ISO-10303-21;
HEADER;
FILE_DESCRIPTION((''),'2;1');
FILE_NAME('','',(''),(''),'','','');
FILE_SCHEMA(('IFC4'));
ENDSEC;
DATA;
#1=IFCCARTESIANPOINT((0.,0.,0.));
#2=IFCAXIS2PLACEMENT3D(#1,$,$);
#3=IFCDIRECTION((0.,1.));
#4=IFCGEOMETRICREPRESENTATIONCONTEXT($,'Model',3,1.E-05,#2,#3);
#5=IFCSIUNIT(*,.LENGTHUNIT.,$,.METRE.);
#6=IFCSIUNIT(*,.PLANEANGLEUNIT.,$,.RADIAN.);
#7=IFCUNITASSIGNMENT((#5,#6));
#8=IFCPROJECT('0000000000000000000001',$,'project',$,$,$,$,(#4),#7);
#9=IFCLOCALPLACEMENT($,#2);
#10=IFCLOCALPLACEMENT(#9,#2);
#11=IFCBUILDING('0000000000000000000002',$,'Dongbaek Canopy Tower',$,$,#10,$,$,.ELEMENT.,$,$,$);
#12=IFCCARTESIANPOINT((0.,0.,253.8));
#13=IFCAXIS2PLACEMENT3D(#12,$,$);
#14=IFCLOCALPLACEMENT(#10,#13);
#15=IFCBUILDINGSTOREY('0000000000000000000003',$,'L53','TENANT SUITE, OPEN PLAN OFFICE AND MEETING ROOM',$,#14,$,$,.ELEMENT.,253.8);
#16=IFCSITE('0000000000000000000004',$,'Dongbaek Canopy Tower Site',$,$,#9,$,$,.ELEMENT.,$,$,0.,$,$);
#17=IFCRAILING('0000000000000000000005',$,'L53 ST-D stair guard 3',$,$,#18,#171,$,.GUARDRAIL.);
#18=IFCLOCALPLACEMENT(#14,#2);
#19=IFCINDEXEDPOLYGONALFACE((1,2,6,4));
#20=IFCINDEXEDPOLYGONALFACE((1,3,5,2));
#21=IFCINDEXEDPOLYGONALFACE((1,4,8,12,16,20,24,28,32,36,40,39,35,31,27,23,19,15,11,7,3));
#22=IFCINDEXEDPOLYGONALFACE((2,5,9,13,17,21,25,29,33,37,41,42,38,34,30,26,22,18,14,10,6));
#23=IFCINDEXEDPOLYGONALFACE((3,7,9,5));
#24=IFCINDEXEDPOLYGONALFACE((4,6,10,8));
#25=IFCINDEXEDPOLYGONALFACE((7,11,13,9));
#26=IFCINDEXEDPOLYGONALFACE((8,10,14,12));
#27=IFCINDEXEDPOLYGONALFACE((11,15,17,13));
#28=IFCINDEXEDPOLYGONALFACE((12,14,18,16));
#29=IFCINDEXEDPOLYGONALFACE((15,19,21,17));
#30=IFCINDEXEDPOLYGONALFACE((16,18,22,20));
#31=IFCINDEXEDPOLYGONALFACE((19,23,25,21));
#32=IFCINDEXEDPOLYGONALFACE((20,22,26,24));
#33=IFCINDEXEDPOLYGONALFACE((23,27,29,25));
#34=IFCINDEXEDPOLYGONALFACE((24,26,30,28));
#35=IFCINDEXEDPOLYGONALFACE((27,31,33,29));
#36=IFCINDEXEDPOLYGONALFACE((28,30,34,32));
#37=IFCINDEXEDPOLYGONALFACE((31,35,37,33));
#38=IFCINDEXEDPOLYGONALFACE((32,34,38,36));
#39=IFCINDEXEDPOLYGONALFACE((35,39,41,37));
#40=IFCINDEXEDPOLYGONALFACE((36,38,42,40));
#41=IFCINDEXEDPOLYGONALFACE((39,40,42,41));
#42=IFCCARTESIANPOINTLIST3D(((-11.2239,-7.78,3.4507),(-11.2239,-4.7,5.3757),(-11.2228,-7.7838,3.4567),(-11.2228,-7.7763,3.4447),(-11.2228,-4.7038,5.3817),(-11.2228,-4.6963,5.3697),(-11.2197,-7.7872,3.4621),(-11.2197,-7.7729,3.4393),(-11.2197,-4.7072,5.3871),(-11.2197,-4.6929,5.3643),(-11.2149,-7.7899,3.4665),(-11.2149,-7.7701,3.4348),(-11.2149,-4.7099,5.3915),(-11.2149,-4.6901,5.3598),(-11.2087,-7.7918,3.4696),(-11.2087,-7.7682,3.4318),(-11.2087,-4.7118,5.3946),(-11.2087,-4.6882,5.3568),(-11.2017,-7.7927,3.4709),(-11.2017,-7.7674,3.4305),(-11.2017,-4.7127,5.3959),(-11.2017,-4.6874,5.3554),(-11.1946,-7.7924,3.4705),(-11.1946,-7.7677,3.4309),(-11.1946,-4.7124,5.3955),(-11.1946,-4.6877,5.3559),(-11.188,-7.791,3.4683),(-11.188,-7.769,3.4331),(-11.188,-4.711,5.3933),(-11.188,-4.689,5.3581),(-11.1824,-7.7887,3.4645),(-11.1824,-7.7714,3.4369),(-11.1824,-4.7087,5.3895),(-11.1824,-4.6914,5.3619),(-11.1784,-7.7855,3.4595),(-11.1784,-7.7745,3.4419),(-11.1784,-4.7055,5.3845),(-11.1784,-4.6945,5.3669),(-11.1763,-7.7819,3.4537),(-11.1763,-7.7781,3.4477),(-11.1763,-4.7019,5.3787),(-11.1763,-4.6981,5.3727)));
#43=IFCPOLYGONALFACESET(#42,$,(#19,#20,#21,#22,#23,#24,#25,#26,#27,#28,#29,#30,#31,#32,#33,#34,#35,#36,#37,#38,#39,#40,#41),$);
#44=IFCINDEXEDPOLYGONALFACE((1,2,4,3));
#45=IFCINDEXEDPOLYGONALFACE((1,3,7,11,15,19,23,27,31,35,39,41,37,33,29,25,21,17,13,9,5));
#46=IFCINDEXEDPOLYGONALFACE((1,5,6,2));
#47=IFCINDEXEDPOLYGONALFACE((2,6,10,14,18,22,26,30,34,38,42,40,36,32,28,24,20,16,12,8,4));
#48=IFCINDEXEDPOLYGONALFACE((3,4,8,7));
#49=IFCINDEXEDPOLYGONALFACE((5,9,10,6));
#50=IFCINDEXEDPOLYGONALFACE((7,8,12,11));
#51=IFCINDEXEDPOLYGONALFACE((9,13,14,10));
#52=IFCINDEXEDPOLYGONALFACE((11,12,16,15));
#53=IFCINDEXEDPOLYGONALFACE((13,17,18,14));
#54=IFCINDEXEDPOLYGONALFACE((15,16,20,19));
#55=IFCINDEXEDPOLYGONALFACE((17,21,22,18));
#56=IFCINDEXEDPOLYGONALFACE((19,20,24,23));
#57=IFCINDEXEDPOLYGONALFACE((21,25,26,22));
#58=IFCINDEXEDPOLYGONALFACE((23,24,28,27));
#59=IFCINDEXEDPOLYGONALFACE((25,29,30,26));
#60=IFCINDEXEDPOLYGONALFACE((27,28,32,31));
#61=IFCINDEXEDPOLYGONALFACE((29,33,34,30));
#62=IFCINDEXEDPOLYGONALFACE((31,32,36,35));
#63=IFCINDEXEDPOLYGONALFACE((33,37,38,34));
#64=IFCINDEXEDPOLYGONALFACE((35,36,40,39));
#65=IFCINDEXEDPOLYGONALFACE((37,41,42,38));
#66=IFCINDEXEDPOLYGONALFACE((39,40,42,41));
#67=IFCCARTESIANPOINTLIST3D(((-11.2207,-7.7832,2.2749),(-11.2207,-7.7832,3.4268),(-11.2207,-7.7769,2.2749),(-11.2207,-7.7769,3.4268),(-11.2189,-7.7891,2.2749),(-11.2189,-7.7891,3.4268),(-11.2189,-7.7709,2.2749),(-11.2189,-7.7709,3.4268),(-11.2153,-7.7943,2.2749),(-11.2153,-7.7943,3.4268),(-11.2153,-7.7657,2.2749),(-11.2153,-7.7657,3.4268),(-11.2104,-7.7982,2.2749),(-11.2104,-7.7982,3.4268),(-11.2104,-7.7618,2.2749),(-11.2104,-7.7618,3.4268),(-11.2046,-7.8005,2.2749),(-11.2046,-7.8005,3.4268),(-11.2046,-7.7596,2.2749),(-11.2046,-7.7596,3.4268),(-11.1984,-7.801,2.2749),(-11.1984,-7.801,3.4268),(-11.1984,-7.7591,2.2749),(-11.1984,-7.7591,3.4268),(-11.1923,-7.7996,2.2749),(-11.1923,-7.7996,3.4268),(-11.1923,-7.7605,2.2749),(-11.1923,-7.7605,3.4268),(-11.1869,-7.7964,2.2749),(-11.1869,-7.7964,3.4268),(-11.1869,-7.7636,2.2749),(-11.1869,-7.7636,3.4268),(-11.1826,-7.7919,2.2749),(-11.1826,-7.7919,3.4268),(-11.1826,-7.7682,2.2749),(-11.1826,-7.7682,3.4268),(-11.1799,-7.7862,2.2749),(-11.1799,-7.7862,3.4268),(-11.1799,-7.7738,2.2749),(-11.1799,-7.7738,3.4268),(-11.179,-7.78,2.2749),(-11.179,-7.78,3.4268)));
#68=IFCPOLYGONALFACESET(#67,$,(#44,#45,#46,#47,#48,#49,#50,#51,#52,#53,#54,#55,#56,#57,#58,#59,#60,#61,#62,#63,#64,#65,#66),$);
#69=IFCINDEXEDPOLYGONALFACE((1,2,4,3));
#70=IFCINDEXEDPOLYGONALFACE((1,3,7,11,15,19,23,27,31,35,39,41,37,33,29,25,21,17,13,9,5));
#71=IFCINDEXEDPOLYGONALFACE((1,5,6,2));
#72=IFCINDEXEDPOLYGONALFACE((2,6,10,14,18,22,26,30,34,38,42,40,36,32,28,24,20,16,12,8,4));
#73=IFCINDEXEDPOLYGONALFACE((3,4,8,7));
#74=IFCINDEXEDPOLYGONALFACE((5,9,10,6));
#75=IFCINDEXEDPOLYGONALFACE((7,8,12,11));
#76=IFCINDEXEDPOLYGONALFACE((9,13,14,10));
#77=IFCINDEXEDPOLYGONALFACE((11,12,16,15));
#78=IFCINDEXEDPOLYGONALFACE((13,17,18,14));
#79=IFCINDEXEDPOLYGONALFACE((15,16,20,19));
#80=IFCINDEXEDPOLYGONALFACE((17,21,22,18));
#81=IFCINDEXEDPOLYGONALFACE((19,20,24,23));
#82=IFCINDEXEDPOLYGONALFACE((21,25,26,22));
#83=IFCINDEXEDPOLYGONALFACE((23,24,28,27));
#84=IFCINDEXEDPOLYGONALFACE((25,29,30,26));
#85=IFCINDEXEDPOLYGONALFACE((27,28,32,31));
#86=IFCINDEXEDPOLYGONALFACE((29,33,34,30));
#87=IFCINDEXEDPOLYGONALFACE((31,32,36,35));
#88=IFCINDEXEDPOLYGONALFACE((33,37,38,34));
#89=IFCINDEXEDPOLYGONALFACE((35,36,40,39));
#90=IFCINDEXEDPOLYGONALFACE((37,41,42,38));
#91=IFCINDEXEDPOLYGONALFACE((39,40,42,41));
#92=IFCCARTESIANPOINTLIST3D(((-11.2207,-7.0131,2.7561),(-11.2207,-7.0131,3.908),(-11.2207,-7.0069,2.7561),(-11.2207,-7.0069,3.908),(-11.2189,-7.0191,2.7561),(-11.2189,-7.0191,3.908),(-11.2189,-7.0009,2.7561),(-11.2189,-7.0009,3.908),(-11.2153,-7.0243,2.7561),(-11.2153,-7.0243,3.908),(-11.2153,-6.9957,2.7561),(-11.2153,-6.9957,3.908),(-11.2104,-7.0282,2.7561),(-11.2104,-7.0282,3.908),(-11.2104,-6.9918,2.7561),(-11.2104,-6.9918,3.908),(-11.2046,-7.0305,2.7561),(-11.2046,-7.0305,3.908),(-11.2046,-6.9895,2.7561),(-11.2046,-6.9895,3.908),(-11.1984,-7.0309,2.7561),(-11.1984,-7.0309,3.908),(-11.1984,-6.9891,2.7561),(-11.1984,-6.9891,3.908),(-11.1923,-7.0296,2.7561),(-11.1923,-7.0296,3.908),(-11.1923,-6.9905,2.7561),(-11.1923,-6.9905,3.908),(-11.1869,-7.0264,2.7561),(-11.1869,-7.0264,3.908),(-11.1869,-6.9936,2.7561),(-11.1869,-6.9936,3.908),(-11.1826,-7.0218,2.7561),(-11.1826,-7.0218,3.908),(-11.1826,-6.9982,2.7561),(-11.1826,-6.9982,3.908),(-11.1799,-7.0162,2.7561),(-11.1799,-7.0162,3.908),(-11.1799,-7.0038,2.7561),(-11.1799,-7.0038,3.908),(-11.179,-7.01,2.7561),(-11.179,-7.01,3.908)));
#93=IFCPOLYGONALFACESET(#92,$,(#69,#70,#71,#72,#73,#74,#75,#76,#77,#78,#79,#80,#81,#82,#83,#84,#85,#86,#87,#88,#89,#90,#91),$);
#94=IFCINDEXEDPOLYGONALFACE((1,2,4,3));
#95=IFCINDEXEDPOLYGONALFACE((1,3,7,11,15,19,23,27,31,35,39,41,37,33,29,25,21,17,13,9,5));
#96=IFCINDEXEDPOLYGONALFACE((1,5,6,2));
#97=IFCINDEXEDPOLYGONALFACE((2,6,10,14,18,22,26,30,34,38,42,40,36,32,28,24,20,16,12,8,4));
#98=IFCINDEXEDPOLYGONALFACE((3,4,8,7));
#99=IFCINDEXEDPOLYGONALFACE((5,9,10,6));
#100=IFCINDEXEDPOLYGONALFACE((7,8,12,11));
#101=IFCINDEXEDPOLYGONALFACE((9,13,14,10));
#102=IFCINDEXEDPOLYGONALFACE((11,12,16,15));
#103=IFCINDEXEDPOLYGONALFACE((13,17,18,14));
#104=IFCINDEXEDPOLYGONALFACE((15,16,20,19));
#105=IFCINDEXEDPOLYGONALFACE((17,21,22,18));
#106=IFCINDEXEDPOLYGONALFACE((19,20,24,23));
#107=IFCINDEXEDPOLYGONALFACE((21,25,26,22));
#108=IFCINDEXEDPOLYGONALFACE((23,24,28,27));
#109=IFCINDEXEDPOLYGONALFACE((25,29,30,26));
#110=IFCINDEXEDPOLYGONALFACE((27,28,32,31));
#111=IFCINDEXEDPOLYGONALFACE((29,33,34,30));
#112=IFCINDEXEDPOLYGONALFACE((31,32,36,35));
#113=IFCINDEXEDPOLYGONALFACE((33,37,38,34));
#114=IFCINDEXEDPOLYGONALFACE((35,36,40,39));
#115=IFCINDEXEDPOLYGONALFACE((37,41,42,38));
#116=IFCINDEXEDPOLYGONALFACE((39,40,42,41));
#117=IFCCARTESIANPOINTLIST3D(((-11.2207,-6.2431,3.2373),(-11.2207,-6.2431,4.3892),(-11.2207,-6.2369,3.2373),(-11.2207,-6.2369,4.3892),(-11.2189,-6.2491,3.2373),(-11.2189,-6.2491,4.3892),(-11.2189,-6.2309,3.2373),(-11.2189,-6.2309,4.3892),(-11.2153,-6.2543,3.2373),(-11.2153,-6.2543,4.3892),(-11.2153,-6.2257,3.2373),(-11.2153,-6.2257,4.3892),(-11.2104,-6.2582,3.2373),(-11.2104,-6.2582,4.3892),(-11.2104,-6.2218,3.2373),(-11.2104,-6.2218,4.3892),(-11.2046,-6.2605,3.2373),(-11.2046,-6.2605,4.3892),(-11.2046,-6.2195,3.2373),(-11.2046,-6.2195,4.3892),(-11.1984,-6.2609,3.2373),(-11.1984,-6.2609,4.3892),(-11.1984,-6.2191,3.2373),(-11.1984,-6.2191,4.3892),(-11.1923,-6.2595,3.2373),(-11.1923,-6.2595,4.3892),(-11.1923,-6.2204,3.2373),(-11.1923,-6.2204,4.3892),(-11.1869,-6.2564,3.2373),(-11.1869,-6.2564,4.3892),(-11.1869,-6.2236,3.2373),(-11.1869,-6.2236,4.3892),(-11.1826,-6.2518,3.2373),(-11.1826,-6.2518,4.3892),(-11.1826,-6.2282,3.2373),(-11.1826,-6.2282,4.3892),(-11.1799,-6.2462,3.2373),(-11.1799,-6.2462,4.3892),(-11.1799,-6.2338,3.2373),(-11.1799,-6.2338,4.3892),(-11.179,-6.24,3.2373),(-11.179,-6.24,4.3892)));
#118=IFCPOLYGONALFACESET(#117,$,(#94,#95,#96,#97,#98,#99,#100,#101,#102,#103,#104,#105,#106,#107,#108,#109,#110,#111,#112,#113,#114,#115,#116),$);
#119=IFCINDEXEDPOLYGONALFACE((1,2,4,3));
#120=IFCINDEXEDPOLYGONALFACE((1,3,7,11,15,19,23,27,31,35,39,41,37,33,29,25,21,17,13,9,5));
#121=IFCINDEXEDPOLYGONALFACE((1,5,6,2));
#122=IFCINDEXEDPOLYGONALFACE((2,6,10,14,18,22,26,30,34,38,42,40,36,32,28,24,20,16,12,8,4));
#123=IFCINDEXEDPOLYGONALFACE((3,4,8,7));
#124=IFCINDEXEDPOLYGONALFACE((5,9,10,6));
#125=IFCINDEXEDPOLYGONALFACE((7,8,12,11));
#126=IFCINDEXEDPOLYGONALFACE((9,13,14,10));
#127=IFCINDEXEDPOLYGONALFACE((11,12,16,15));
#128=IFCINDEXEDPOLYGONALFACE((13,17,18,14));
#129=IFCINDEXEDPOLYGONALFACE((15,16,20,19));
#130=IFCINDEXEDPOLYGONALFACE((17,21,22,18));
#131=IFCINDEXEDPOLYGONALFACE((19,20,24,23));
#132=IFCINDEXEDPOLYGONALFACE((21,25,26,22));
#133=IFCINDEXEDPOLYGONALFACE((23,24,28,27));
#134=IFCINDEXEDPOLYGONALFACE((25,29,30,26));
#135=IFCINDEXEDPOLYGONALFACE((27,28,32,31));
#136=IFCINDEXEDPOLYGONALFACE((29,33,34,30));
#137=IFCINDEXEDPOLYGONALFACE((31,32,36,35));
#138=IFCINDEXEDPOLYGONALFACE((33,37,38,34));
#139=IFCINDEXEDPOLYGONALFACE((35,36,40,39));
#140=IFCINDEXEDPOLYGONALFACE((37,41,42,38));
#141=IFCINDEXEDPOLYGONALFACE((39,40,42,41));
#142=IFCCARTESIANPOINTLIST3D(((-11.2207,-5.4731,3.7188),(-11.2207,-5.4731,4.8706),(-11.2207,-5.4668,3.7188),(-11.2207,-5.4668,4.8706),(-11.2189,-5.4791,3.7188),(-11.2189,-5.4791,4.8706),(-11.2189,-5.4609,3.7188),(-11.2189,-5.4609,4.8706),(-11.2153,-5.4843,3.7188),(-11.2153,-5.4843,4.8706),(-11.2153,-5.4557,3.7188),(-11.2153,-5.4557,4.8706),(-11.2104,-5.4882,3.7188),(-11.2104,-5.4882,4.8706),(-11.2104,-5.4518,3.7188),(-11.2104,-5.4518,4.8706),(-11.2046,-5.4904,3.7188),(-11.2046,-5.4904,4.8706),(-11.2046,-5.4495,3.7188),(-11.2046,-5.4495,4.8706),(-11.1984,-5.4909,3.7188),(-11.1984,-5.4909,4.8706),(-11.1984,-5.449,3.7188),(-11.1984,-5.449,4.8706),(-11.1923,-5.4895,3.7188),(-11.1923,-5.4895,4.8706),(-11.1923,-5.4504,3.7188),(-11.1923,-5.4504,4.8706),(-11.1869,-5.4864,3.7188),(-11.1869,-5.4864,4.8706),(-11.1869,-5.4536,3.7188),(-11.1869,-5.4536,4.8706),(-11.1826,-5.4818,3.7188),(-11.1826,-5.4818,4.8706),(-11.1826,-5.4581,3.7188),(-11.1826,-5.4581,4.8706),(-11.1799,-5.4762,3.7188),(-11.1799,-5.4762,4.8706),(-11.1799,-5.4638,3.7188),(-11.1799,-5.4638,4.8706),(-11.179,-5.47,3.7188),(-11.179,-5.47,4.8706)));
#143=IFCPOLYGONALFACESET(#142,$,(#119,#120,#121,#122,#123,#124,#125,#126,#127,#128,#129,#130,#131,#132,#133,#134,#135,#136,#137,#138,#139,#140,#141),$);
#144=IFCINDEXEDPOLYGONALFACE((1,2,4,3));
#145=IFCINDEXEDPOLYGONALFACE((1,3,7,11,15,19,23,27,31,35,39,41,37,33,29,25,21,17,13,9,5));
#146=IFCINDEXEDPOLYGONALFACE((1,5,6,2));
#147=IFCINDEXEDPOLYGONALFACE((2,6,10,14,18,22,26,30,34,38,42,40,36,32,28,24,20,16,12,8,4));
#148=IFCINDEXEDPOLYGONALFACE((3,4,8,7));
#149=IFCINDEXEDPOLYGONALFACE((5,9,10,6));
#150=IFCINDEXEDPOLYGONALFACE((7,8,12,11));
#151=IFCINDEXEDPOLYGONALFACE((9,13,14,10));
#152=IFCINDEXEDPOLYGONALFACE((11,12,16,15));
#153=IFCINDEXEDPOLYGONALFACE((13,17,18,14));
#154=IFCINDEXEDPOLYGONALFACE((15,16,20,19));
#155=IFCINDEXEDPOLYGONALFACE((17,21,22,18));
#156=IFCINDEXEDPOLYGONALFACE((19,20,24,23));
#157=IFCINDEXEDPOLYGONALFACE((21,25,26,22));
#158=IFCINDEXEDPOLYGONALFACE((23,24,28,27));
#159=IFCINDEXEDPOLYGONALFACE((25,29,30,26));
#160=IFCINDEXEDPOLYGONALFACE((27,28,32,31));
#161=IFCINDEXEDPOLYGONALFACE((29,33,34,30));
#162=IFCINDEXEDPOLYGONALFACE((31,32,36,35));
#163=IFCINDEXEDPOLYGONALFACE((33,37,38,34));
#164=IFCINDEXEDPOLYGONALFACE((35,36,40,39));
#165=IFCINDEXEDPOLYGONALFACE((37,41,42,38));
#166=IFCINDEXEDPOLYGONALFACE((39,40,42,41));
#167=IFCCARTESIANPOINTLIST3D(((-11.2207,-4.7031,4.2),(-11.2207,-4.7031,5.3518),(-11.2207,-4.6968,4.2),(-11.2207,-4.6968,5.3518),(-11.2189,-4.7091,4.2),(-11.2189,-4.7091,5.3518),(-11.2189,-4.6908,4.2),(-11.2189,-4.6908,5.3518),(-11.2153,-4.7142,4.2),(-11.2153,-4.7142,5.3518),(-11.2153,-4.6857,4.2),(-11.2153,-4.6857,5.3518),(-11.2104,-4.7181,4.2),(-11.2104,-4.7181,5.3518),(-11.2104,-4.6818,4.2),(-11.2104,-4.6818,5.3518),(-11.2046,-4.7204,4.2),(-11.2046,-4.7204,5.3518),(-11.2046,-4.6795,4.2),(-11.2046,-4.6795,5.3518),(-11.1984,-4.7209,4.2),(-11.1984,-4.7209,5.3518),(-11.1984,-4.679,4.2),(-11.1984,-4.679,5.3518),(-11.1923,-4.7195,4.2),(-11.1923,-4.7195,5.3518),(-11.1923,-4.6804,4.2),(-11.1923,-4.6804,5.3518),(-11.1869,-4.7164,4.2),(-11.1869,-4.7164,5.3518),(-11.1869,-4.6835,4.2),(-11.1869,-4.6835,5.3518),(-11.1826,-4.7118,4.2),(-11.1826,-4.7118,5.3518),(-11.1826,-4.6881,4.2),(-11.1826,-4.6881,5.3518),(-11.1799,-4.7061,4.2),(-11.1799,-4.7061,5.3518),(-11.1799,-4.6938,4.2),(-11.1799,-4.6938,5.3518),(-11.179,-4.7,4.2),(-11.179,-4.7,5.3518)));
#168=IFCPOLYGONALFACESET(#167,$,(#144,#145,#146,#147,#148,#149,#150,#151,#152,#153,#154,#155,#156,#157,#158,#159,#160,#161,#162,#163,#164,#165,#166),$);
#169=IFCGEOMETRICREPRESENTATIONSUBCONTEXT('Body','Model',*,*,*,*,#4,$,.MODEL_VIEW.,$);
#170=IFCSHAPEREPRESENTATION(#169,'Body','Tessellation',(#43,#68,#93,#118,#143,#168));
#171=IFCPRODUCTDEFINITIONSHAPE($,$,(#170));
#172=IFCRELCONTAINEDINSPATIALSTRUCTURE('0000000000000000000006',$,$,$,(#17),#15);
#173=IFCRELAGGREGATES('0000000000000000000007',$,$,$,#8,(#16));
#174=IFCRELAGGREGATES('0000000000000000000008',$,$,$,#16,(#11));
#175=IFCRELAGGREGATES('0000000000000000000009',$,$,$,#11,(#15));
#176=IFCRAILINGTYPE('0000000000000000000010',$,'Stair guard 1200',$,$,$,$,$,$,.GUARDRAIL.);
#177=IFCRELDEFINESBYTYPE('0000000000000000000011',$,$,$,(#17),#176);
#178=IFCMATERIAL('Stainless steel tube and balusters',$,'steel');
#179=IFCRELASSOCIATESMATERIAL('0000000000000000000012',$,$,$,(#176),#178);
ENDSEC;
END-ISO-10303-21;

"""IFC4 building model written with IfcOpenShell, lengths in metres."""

from ifc_helpers import new_model, si_unit, direction, frame, origin, origin_2d, place, context, subcontext, project, spatial, circle, extrude, material, type_object, element, save


model = new_model("IFC4")

# Units and contexts
model_context = context("Model", 3, precision=1e-05, world=origin(), true_north=direction((0.0, 1.0)))
body_context = subcontext(model_context, "Body", "Model", "MODEL_VIEW")
ifc_project = project(units=[si_unit("LENGTHUNIT", "METRE"), si_unit("PLANEANGLEUNIT", "RADIAN")], contexts=[model_context])

# Site, building, storey
site_placement = place(None, origin())
site = spatial("IfcSite", under=ifc_project, at=site_placement, Name="Dongbaek Canopy Tower Site", CompositionType="ELEMENT", RefElevation=0.0)
building_placement = place(site_placement, origin())
building = spatial("IfcBuilding", under=site, at=building_placement, Name="Dongbaek Canopy Tower", CompositionType="ELEMENT")
storey_placement = place(building_placement, frame((0.0, 0.0, 253.8)))
storey = spatial("IfcBuildingStorey", under=building, at=storey_placement, Name="L53", Description="TENANT SUITE, OPEN PLAN OFFICE AND MEETING ROOM", CompositionType="ELEMENT", Elevation=253.8)

# Railing
ifc_material_1 = material(Name="Stainless steel tube and balusters", Category="steel")
railing_type_1 = type_object("IfcRailingType", Name="Stair guard 1200", PredefinedType="GUARDRAIL", material=ifc_material_1)
railing_1_placement = place(storey_placement, frame((-11.2, -7.78, 2.2749)))
element("IfcRailing", 1, at=railing_1_placement, inside=storey, type_object=railing_type_1, Name="L53 ST-D stair guard 3", PredefinedType="GUARDRAIL", context=body_context, shape_type="SweptSolid", body=[
    extrude(circle(Radius=0.0239, at=origin_2d()), frame((0.0, 0.0, 1.1758), z_axis=(0.0, 0.847998, 0.529999), x_axis=(-1.0, 0.0, 0.0)), (0.0, 0.0, 1.0), 3.6321),
    extrude(circle(Radius=0.021, at=origin_2d()), origin(), (0.0, 0.0, 1.0), 1.1519),
    extrude(circle(Radius=0.021, at=origin_2d()), frame((0.0, 0.77, 0.4812)), (0.0, 0.0, 1.0), 1.1519),
    extrude(circle(Radius=0.021, at=origin_2d()), frame((0.0, 1.54, 0.9624)), (0.0, 0.0, 1.0), 1.1519),
    extrude(circle(Radius=0.021, at=origin_2d()), frame((0.0, 2.3101, 1.4438)), (0.0, 0.0, 1.0), 1.1519),
    extrude(circle(Radius=0.021, at=origin_2d()), frame((0.0, 3.0801, 1.925)), (0.0, 0.0, 1.0), 1.1519),
])

save(model, "model.ifc")
